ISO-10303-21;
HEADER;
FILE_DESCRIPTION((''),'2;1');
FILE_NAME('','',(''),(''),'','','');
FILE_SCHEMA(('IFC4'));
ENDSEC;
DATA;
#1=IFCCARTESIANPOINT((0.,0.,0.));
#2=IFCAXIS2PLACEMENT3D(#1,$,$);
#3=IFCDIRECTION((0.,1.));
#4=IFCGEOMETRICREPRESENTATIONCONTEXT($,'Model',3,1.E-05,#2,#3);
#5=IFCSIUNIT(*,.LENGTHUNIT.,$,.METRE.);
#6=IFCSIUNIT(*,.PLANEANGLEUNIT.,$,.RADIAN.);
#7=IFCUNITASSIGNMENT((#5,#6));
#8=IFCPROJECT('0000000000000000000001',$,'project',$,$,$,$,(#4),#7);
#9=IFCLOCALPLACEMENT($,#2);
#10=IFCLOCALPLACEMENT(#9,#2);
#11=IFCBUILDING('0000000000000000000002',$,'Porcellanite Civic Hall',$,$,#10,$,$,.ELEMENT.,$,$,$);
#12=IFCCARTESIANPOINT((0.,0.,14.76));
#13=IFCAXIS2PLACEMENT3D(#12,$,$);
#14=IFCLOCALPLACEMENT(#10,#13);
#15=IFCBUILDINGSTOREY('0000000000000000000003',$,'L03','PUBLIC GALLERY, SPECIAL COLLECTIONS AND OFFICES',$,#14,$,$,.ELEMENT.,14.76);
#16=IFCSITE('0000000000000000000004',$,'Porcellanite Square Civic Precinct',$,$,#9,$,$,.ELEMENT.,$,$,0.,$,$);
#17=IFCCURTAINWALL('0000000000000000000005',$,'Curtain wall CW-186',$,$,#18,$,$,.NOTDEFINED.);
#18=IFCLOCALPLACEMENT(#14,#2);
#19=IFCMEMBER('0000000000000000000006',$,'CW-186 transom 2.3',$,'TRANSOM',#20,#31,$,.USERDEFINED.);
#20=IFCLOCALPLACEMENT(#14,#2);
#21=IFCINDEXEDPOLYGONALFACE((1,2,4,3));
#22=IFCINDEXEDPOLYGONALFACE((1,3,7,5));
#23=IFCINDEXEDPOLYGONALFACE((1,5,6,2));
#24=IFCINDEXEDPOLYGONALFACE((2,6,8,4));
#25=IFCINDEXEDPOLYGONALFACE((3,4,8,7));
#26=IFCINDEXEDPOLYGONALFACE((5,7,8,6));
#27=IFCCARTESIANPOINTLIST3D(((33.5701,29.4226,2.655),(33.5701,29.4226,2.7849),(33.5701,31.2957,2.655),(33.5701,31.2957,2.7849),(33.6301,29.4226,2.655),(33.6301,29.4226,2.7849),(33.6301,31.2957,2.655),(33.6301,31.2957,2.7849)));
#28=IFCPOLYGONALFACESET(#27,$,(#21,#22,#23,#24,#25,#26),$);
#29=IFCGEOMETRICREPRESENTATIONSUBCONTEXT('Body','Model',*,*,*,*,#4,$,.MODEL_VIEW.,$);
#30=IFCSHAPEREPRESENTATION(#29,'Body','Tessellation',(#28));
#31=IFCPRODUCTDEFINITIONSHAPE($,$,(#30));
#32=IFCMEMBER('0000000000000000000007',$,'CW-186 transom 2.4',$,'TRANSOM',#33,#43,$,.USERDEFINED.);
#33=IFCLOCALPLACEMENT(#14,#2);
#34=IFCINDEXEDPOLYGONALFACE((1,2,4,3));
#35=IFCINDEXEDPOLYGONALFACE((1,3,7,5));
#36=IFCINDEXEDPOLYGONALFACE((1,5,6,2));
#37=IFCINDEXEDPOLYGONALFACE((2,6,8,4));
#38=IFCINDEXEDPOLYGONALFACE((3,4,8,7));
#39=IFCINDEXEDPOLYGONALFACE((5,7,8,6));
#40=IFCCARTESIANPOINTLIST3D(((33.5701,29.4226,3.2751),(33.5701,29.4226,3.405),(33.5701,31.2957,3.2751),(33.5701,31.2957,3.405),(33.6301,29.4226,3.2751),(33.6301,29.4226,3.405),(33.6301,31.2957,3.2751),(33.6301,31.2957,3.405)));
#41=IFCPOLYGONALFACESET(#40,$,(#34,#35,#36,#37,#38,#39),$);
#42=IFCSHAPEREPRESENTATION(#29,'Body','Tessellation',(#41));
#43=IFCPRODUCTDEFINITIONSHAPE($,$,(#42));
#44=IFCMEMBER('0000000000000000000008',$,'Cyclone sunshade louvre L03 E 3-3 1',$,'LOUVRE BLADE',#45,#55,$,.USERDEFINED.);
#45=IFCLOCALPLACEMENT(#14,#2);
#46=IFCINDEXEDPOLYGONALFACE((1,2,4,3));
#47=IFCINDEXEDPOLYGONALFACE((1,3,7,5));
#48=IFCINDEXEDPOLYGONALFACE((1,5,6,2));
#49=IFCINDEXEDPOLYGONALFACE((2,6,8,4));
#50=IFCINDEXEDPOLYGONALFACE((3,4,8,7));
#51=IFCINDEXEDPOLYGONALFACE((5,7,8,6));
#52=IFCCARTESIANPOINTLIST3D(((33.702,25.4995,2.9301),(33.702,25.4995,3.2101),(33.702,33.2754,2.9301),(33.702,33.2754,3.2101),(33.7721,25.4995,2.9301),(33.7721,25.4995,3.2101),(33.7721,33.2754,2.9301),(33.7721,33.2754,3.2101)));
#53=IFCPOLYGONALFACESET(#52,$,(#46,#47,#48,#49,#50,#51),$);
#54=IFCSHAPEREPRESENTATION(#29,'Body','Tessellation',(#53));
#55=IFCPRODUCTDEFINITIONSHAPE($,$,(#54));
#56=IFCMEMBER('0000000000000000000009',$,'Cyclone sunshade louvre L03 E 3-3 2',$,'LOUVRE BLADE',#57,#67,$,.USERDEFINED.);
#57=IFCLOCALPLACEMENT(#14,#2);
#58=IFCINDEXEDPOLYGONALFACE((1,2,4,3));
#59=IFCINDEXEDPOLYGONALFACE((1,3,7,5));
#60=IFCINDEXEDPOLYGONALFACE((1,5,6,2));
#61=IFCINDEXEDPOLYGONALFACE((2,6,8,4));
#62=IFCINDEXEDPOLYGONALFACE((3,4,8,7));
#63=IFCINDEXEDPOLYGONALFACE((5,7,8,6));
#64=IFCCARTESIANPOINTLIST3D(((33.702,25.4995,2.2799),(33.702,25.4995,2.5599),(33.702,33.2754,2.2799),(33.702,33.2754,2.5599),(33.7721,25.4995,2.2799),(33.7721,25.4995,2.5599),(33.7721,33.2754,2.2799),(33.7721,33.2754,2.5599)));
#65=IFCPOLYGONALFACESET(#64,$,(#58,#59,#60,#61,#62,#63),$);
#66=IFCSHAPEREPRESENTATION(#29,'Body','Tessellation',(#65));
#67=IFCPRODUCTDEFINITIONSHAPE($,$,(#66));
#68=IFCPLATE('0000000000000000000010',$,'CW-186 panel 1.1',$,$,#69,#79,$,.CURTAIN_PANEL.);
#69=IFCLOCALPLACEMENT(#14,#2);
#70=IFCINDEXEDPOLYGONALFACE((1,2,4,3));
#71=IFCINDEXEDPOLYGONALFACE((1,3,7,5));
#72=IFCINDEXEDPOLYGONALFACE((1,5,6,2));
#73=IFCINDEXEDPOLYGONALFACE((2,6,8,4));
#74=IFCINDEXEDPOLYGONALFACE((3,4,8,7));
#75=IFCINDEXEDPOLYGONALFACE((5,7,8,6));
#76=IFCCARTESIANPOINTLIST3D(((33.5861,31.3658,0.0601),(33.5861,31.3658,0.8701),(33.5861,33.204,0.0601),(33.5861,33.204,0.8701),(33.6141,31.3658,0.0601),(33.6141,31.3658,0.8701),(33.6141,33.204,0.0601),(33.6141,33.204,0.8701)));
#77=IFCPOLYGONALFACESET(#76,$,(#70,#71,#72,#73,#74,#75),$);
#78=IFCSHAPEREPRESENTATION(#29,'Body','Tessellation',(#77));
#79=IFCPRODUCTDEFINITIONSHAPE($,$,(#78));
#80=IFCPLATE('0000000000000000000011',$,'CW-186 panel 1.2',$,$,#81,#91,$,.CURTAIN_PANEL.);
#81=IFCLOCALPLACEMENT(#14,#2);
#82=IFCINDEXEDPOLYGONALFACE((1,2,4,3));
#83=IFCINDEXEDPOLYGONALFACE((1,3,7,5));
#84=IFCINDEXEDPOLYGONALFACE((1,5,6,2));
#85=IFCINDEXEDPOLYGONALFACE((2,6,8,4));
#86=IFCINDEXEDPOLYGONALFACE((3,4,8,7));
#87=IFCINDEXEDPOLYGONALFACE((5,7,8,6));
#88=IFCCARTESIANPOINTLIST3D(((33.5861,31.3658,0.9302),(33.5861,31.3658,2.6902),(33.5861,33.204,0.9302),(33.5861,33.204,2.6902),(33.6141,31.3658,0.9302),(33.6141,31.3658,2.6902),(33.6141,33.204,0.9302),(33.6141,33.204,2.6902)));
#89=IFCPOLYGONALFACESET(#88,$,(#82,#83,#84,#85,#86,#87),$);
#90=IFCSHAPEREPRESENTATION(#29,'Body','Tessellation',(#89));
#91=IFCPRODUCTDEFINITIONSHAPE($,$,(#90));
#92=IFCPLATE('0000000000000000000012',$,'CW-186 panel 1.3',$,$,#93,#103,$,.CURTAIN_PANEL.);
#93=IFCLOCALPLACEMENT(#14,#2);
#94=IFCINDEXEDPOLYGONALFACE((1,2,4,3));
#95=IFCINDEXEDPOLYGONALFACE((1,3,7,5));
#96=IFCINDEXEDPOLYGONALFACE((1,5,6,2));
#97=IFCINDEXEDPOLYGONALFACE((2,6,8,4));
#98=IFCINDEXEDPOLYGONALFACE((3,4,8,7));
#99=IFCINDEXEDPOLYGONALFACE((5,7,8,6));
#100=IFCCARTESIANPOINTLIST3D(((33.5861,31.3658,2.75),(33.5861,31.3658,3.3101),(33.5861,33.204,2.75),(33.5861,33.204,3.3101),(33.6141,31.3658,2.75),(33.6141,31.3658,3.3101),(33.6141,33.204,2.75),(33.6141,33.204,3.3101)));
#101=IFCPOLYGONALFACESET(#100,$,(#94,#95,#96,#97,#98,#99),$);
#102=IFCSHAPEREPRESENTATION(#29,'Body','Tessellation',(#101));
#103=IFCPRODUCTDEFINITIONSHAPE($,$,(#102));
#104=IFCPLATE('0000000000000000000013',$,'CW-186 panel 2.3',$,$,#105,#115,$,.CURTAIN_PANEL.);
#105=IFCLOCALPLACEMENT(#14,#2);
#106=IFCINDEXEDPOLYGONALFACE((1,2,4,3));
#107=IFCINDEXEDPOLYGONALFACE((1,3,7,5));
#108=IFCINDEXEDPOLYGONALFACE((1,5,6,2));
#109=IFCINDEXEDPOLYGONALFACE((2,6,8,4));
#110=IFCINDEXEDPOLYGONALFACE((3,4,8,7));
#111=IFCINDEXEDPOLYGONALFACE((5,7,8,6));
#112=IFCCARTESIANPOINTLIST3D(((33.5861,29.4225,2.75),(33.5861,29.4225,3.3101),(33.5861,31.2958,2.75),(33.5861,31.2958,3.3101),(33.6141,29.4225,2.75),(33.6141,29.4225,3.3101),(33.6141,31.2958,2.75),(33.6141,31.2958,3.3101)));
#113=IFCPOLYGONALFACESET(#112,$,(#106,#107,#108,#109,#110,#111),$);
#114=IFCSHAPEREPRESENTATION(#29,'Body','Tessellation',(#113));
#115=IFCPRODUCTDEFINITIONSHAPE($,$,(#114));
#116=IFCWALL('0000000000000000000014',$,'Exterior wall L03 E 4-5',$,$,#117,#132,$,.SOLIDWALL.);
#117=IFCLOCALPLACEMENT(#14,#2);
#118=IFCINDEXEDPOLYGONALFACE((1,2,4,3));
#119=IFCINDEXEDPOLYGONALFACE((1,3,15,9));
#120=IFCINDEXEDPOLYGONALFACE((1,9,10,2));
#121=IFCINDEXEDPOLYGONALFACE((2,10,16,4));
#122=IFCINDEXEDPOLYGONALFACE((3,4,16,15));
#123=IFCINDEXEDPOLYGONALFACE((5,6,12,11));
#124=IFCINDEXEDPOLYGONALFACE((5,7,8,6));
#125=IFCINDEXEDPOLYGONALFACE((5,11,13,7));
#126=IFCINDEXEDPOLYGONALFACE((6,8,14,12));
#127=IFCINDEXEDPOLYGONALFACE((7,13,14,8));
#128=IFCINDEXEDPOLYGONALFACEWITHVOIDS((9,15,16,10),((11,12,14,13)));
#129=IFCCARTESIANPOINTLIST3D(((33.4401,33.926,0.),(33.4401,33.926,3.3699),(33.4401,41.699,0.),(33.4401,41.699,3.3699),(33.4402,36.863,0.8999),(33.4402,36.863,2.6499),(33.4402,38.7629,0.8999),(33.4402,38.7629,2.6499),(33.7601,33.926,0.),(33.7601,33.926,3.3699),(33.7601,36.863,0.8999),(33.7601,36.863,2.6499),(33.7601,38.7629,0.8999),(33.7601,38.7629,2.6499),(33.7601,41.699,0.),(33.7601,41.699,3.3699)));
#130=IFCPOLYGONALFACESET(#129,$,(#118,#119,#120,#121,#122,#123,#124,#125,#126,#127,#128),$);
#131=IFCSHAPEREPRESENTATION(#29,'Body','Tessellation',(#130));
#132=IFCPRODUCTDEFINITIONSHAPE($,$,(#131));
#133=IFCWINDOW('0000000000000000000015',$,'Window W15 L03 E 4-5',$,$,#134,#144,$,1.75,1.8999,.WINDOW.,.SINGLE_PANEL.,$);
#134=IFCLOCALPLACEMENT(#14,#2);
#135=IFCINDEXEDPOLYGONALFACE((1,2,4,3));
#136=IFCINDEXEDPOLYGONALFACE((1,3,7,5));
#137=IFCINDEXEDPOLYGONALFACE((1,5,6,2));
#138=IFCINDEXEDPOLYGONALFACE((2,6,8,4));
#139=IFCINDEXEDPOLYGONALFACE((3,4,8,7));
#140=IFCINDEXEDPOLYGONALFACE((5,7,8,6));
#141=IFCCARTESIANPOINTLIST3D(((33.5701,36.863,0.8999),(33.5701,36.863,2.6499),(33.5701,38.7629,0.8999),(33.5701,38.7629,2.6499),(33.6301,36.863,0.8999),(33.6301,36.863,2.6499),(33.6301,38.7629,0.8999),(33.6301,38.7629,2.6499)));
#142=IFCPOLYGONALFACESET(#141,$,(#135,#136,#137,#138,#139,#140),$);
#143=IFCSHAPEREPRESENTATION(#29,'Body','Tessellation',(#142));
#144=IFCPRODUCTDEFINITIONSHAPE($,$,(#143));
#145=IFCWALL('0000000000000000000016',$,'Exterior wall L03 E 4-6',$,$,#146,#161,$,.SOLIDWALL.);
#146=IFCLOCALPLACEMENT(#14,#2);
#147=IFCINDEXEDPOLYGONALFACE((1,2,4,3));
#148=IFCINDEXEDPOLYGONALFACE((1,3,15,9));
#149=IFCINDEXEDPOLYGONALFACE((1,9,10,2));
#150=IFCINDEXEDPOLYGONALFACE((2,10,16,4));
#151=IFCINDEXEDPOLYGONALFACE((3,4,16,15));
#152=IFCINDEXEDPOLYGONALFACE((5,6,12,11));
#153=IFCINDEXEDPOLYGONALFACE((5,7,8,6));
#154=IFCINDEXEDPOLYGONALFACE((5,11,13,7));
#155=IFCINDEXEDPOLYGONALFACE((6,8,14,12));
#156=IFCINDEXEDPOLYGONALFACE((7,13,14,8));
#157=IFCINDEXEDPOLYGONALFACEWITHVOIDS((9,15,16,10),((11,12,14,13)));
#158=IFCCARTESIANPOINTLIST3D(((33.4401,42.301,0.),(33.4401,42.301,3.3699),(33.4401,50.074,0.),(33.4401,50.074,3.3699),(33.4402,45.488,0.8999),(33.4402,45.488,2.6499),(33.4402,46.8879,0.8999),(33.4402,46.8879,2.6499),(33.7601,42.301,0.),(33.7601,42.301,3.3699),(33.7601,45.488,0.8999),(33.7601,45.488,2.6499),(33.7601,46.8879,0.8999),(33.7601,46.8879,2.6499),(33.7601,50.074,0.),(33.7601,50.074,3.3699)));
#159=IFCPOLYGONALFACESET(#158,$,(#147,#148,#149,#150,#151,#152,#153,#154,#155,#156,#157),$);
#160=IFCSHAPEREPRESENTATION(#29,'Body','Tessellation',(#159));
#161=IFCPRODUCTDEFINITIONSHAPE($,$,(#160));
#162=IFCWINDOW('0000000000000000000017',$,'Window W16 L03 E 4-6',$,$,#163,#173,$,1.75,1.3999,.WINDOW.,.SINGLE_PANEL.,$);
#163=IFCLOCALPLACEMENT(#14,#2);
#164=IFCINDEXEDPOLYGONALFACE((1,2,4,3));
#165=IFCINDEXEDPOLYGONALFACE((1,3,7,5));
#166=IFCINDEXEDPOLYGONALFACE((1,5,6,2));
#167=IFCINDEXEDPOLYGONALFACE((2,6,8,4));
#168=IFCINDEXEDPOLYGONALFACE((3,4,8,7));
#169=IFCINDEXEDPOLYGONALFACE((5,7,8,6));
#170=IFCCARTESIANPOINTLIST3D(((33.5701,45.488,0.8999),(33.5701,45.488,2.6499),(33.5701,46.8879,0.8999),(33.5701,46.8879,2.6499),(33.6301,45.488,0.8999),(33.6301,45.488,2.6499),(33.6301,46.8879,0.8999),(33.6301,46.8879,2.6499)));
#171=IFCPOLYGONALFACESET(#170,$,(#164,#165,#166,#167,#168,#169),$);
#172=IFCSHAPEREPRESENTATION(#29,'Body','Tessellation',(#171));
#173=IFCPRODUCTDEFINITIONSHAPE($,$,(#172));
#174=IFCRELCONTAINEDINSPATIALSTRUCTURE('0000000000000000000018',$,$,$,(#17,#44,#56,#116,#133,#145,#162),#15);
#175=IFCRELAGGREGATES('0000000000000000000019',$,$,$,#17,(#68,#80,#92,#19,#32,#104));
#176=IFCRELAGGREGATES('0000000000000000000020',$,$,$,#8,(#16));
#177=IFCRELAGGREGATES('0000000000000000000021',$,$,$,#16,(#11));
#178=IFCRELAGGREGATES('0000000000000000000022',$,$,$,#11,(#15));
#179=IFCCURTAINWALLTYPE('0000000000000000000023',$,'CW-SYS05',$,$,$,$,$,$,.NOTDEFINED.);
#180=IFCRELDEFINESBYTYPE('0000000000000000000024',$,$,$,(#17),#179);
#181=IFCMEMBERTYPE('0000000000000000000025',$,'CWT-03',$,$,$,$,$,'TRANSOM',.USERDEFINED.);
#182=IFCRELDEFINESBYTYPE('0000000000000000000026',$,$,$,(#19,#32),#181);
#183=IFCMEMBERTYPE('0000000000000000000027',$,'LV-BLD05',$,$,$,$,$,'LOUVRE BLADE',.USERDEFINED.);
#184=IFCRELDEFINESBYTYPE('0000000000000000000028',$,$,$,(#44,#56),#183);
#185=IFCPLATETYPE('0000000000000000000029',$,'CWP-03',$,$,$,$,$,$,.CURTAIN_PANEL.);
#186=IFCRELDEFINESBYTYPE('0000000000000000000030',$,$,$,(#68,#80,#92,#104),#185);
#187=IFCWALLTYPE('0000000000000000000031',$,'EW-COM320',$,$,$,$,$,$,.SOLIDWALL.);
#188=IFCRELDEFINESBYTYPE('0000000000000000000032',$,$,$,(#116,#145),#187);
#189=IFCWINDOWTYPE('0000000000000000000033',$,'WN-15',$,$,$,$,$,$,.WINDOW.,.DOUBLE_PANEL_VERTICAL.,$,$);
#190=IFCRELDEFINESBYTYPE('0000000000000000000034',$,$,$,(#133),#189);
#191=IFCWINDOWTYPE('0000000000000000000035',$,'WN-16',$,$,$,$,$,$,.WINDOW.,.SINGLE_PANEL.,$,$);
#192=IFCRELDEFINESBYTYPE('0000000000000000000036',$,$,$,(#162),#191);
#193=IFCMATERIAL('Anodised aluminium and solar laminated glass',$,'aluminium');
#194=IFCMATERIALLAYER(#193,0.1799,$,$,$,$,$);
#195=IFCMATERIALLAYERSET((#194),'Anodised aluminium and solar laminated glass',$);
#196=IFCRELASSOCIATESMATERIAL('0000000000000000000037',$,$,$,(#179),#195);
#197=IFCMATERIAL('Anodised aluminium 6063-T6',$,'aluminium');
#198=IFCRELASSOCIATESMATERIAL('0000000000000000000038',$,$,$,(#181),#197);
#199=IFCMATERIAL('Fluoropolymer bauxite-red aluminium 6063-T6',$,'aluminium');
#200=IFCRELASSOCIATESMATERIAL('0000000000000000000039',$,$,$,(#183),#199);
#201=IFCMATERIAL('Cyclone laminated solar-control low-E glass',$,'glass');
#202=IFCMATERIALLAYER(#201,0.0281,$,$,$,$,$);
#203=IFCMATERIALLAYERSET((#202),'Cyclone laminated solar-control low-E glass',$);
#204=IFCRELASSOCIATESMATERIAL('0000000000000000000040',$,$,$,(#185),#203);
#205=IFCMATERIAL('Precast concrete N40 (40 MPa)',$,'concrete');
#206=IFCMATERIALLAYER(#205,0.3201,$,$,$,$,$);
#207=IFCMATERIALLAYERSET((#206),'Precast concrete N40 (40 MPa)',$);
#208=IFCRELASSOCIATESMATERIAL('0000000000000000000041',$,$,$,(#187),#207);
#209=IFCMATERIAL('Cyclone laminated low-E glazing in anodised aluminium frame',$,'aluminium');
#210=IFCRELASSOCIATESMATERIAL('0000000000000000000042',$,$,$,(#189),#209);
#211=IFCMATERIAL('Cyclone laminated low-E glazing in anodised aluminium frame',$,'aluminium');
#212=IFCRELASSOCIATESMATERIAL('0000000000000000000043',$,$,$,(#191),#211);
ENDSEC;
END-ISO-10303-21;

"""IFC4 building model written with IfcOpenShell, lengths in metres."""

from ifc_helpers import new_model, si_unit, direction, frame, frame_2d, origin, origin_2d, place, context, subcontext, project, spatial, rectangle, extrude, material, layer, layer_set, material_profile, profile_set, type_object, element, fill, aggregate, save


model = new_model("IFC4")

# Units and contexts
model_context = context("Model", 3, precision=1e-05, world=origin(), true_north=direction((0.0, 1.0)))
body_context = subcontext(model_context, "Body", "Model", "MODEL_VIEW")
ifc_project = project(units=[si_unit("LENGTHUNIT", "METRE"), si_unit("PLANEANGLEUNIT", "RADIAN")], contexts=[model_context])

# Site, building, storey
site_placement = place(None, origin())
site = spatial("IfcSite", under=ifc_project, at=site_placement, Name="Porcellanite Square Civic Precinct", CompositionType="ELEMENT", RefElevation=0.0)
building_placement = place(site_placement, origin())
building = spatial("IfcBuilding", under=site, at=building_placement, Name="Porcellanite Civic Hall", CompositionType="ELEMENT")
storey_placement = place(building_placement, frame((0.0, 0.0, 14.76)))
storey = spatial("IfcBuildingStorey", under=building, at=storey_placement, Name="L03", Description="PUBLIC GALLERY, SPECIAL COLLECTIONS AND OFFICES", CompositionType="ELEMENT", Elevation=14.76)

# Curtain wall, members
ifc_material_1 = material(Name="Anodised aluminium and solar laminated glass", Category="aluminium")
ifc_layer_1 = layer(ifc_material_1, 0.1799)
ifc_layer_set_1 = layer_set([ifc_layer_1], Name="Anodised aluminium and solar laminated glass")
curtain_wall_type = type_object("IfcCurtainWallType", Name="CW-SYS05", PredefinedType="NOTDEFINED", material=ifc_layer_set_1)
curtain_wall_placement = place(storey_placement, origin())
curtain_wall = element("IfcCurtainWall", 1, at=curtain_wall_placement, inside=storey, type_object=curtain_wall_type, Name="Curtain wall CW-186", PredefinedType="NOTDEFINED")
ifc_material_2 = material(Name="Anodised aluminium 6063-T6", Category="aluminium")
ifc_material_profile_1 = material_profile(ifc_material_2, rectangle(XDim=0.0601, YDim=0.1299, at=origin_2d()), Name="AL-60x130")
ifc_profile_set_1 = profile_set([ifc_material_profile_1], Name="Anodised aluminium 6063-T6")
member_type_1 = type_object("IfcMemberType", Name="CWT-03", ElementType="TRANSOM", PredefinedType="USERDEFINED", material=ifc_profile_set_1)
member_1_placement = place(storey_placement, frame((33.6001, 31.2957, 2.72), z_axis=(0.0, -1.0, 0.0), x_axis=(1.0, 0.0, 0.0)))
member_1 = element("IfcMember", 2, at=member_1_placement, type_object=member_type_1, Name="CW-186 transom 2.3", ObjectType="TRANSOM", PredefinedType="USERDEFINED", context=body_context, shape_type="SweptSolid", body=[
    extrude(rectangle(XDim=0.0601, YDim=0.1299, at=origin_2d()), origin(), (0.0, 0.0, 1.0), 1.873),
])
member_2_placement = place(storey_placement, frame((33.6001, 31.2957, 3.3401), z_axis=(0.0, -1.0, 0.0), x_axis=(1.0, 0.0, 0.0)))
member_2 = element("IfcMember", 3, at=member_2_placement, type_object=member_type_1, Name="CW-186 transom 2.4", ObjectType="TRANSOM", PredefinedType="USERDEFINED", context=body_context, shape_type="SweptSolid", body=[
    extrude(rectangle(XDim=0.0601, YDim=0.1299, at=origin_2d()), origin(), (0.0, 0.0, 1.0), 1.873),
])

# Members
ifc_material_3 = material(Name="Fluoropolymer bauxite-red aluminium 6063-T6", Category="aluminium")
ifc_material_profile_2 = material_profile(ifc_material_3, rectangle(XDim=0.0701, YDim=0.28, at=origin_2d()), Name="AL-70x280")
ifc_profile_set_2 = profile_set([ifc_material_profile_2], Name="Fluoropolymer bauxite-red aluminium 6063-T6")
member_type_2 = type_object("IfcMemberType", Name="LV-BLD05", ElementType="LOUVRE BLADE", PredefinedType="USERDEFINED", material=ifc_profile_set_2)
for number, where, z_axis, x_axis, name in (
    (4, (33.7371, 33.2754, 3.0701), (0.0, -1.0, 0.0), (1.0, 0.0, 0.0), "Cyclone sunshade louvre L03 E 3-3 1"),
    (5, (33.7371, 33.2754, 2.4199), (0.0, -1.0, 0.0), (1.0, 0.0, 0.0), "Cyclone sunshade louvre L03 E 3-3 2"),
):
    element("IfcMember", number, at=place(storey_placement, frame(where, z_axis=z_axis, x_axis=x_axis)), inside=storey, type_object=member_type_2, Name=name, ObjectType="LOUVRE BLADE", PredefinedType="USERDEFINED", context=body_context, shape_type="SweptSolid", body=[
        extrude(rectangle(XDim=0.0701, YDim=0.28, at=origin_2d()), origin(), (0.0, 0.0, 1.0), 7.7759),
    ])

# Plates
ifc_material_4 = material(Name="Cyclone laminated solar-control low-E glass", Category="glass")
ifc_layer_2 = layer(ifc_material_4, 0.0281)
ifc_layer_set_2 = layer_set([ifc_layer_2], Name="Cyclone laminated solar-control low-E glass")
plate_type = type_object("IfcPlateType", Name="CWP-03", PredefinedType="CURTAIN_PANEL", material=ifc_layer_set_2)
plate_1_placement = place(storey_placement, frame((33.6001, 32.2849, 0.0601), z_axis=(0.0, 0.0, 1.0), x_axis=(0.0, -1.0, 0.0)))
plate_1 = element("IfcPlate", 6, at=plate_1_placement, type_object=plate_type, Name="CW-186 panel 1.1", PredefinedType="CURTAIN_PANEL", context=body_context, shape_type="SweptSolid", body=[
    extrude(rectangle(XDim=1.8381, YDim=0.0281, at=origin_2d()), origin(), (0.0, 0.0, 1.0), 0.8101),
])
plate_2_placement = place(storey_placement, frame((33.6001, 32.2849, 0.9302), z_axis=(0.0, 0.0, 1.0), x_axis=(0.0, -1.0, 0.0)))
plate_2 = element("IfcPlate", 7, at=plate_2_placement, type_object=plate_type, Name="CW-186 panel 1.2", PredefinedType="CURTAIN_PANEL", context=body_context, shape_type="SweptSolid", body=[
    extrude(rectangle(XDim=1.8381, YDim=0.0281, at=origin_2d()), origin(), (0.0, 0.0, 1.0), 1.76),
])
plate_3_placement = place(storey_placement, frame((33.6001, 32.2849, 2.75), z_axis=(0.0, 0.0, 1.0), x_axis=(0.0, -1.0, 0.0)))
plate_3 = element("IfcPlate", 8, at=plate_3_placement, type_object=plate_type, Name="CW-186 panel 1.3", PredefinedType="CURTAIN_PANEL", context=body_context, shape_type="SweptSolid", body=[
    extrude(rectangle(XDim=1.8381, YDim=0.0281, at=origin_2d()), origin(), (0.0, 0.0, 1.0), 0.5601),
])
plate_4_placement = place(storey_placement, frame((33.6001, 30.3591, 2.75), z_axis=(0.0, 0.0, 1.0), x_axis=(0.0, -1.0, 0.0)))
plate_4 = element("IfcPlate", 9, at=plate_4_placement, type_object=plate_type, Name="CW-186 panel 2.3", PredefinedType="CURTAIN_PANEL", context=body_context, shape_type="SweptSolid", body=[
    extrude(rectangle(XDim=1.8733, YDim=0.0281, at=origin_2d()), origin(), (0.0, 0.0, 1.0), 0.5601),
])
aggregate(curtain_wall, [plate_1, plate_2, plate_3, member_1, member_2, plate_4])

# Walls, openings, windows
ifc_material_5 = material(Name="Precast concrete N40 (40 MPa)", Category="concrete")
ifc_layer_3 = layer(ifc_material_5, 0.3201)
ifc_layer_set_3 = layer_set([ifc_layer_3], Name="Precast concrete N40 (40 MPa)")
wall_type = type_object("IfcWallType", Name="EW-COM320", PredefinedType="SOLIDWALL", material=ifc_layer_set_3)
wall_1_placement = place(storey_placement, frame((33.6001, 41.699, 0.0), z_axis=(0.0, 0.0, 1.0), x_axis=(0.0, -1.0, 0.0)))
wall_1 = element("IfcWall", 10, at=wall_1_placement, inside=storey, type_object=wall_type, Name="Exterior wall L03 E 4-5", PredefinedType="SOLIDWALL", context=body_context, shape_type="SweptSolid", body=[
    extrude(rectangle(XDim=7.7729, YDim=0.3201, at=frame_2d((3.8865, 0.0))), origin(), (0.0, 0.0, 1.0), 3.3699),
])
opening_1_placement = place(wall_1_placement, frame((2.936, 0.0, 0.8999)))
opening_1 = element("IfcOpeningElement", 11, at=opening_1_placement, cuts=wall_1, PredefinedType="OPENING", context=body_context, shape_type="SweptSolid", body=[
    extrude(rectangle(XDim=1.8999, YDim=1.75, at=frame_2d((0.95, 0.875))), frame((0.0, 0.1602, 0.0), z_axis=(0.0, -1.0, 0.0), x_axis=(1.0, 0.0, 0.0)), (0.0, 0.0, 1.0), 0.3201),
])
ifc_material_6 = material(Name="Cyclone laminated low-E glazing in anodised aluminium frame", Category="aluminium")
window_type_1 = type_object("IfcWindowType", Name="WN-15", PartitioningType="DOUBLE_PANEL_VERTICAL", PredefinedType="WINDOW", material=ifc_material_6)
window_1_placement = place(opening_1_placement, origin())
window_1 = element("IfcWindow", 12, at=window_1_placement, inside=storey, type_object=window_type_1, Name="Window W15 L03 E 4-5", OverallHeight=1.75, OverallWidth=1.8999, PartitioningType="SINGLE_PANEL", PredefinedType="WINDOW", context=body_context, shape_type="SweptSolid", body=[
    extrude(rectangle(XDim=1.8999, YDim=1.75, at=frame_2d((0.95, 0.875))), frame((0.0, 0.03, 0.0), z_axis=(0.0, -1.0, 0.0), x_axis=(1.0, 0.0, 0.0)), (0.0, 0.0, 1.0), 0.0601),
])
fill(opening_1, window_1)
wall_2_placement = place(storey_placement, frame((33.6001, 50.074, 0.0), z_axis=(0.0, 0.0, 1.0), x_axis=(0.0, -1.0, 0.0)))
wall_2 = element("IfcWall", 13, at=wall_2_placement, inside=storey, type_object=wall_type, Name="Exterior wall L03 E 4-6", PredefinedType="SOLIDWALL", context=body_context, shape_type="SweptSolid", body=[
    extrude(rectangle(XDim=7.7729, YDim=0.3201, at=frame_2d((3.8865, 0.0))), origin(), (0.0, 0.0, 1.0), 3.3699),
])
opening_2_placement = place(wall_2_placement, frame((3.186, 0.0, 0.8999)))
opening_2 = element("IfcOpeningElement", 14, at=opening_2_placement, cuts=wall_2, PredefinedType="OPENING", context=body_context, shape_type="SweptSolid", body=[
    extrude(rectangle(XDim=1.3999, YDim=1.75, at=frame_2d((0.7, 0.875))), frame((0.0, 0.1602, 0.0), z_axis=(0.0, -1.0, 0.0), x_axis=(1.0, 0.0, 0.0)), (0.0, 0.0, 1.0), 0.3201),
])
ifc_material_7 = material(Name="Cyclone laminated low-E glazing in anodised aluminium frame", Category="aluminium")
window_type_2 = type_object("IfcWindowType", Name="WN-16", PartitioningType="SINGLE_PANEL", PredefinedType="WINDOW", material=ifc_material_7)
window_2_placement = place(opening_2_placement, origin())
window_2 = element("IfcWindow", 15, at=window_2_placement, inside=storey, type_object=window_type_2, Name="Window W16 L03 E 4-6", OverallHeight=1.75, OverallWidth=1.3999, PartitioningType="SINGLE_PANEL", PredefinedType="WINDOW", context=body_context, shape_type="SweptSolid", body=[
    extrude(rectangle(XDim=1.3999, YDim=1.75, at=frame_2d((0.7, 0.875))), frame((0.0, 0.03, 0.0), z_axis=(0.0, -1.0, 0.0), x_axis=(1.0, 0.0, 0.0)), (0.0, 0.0, 1.0), 0.0601),
])
fill(opening_2, window_2)

save(model, "model.ifc")
